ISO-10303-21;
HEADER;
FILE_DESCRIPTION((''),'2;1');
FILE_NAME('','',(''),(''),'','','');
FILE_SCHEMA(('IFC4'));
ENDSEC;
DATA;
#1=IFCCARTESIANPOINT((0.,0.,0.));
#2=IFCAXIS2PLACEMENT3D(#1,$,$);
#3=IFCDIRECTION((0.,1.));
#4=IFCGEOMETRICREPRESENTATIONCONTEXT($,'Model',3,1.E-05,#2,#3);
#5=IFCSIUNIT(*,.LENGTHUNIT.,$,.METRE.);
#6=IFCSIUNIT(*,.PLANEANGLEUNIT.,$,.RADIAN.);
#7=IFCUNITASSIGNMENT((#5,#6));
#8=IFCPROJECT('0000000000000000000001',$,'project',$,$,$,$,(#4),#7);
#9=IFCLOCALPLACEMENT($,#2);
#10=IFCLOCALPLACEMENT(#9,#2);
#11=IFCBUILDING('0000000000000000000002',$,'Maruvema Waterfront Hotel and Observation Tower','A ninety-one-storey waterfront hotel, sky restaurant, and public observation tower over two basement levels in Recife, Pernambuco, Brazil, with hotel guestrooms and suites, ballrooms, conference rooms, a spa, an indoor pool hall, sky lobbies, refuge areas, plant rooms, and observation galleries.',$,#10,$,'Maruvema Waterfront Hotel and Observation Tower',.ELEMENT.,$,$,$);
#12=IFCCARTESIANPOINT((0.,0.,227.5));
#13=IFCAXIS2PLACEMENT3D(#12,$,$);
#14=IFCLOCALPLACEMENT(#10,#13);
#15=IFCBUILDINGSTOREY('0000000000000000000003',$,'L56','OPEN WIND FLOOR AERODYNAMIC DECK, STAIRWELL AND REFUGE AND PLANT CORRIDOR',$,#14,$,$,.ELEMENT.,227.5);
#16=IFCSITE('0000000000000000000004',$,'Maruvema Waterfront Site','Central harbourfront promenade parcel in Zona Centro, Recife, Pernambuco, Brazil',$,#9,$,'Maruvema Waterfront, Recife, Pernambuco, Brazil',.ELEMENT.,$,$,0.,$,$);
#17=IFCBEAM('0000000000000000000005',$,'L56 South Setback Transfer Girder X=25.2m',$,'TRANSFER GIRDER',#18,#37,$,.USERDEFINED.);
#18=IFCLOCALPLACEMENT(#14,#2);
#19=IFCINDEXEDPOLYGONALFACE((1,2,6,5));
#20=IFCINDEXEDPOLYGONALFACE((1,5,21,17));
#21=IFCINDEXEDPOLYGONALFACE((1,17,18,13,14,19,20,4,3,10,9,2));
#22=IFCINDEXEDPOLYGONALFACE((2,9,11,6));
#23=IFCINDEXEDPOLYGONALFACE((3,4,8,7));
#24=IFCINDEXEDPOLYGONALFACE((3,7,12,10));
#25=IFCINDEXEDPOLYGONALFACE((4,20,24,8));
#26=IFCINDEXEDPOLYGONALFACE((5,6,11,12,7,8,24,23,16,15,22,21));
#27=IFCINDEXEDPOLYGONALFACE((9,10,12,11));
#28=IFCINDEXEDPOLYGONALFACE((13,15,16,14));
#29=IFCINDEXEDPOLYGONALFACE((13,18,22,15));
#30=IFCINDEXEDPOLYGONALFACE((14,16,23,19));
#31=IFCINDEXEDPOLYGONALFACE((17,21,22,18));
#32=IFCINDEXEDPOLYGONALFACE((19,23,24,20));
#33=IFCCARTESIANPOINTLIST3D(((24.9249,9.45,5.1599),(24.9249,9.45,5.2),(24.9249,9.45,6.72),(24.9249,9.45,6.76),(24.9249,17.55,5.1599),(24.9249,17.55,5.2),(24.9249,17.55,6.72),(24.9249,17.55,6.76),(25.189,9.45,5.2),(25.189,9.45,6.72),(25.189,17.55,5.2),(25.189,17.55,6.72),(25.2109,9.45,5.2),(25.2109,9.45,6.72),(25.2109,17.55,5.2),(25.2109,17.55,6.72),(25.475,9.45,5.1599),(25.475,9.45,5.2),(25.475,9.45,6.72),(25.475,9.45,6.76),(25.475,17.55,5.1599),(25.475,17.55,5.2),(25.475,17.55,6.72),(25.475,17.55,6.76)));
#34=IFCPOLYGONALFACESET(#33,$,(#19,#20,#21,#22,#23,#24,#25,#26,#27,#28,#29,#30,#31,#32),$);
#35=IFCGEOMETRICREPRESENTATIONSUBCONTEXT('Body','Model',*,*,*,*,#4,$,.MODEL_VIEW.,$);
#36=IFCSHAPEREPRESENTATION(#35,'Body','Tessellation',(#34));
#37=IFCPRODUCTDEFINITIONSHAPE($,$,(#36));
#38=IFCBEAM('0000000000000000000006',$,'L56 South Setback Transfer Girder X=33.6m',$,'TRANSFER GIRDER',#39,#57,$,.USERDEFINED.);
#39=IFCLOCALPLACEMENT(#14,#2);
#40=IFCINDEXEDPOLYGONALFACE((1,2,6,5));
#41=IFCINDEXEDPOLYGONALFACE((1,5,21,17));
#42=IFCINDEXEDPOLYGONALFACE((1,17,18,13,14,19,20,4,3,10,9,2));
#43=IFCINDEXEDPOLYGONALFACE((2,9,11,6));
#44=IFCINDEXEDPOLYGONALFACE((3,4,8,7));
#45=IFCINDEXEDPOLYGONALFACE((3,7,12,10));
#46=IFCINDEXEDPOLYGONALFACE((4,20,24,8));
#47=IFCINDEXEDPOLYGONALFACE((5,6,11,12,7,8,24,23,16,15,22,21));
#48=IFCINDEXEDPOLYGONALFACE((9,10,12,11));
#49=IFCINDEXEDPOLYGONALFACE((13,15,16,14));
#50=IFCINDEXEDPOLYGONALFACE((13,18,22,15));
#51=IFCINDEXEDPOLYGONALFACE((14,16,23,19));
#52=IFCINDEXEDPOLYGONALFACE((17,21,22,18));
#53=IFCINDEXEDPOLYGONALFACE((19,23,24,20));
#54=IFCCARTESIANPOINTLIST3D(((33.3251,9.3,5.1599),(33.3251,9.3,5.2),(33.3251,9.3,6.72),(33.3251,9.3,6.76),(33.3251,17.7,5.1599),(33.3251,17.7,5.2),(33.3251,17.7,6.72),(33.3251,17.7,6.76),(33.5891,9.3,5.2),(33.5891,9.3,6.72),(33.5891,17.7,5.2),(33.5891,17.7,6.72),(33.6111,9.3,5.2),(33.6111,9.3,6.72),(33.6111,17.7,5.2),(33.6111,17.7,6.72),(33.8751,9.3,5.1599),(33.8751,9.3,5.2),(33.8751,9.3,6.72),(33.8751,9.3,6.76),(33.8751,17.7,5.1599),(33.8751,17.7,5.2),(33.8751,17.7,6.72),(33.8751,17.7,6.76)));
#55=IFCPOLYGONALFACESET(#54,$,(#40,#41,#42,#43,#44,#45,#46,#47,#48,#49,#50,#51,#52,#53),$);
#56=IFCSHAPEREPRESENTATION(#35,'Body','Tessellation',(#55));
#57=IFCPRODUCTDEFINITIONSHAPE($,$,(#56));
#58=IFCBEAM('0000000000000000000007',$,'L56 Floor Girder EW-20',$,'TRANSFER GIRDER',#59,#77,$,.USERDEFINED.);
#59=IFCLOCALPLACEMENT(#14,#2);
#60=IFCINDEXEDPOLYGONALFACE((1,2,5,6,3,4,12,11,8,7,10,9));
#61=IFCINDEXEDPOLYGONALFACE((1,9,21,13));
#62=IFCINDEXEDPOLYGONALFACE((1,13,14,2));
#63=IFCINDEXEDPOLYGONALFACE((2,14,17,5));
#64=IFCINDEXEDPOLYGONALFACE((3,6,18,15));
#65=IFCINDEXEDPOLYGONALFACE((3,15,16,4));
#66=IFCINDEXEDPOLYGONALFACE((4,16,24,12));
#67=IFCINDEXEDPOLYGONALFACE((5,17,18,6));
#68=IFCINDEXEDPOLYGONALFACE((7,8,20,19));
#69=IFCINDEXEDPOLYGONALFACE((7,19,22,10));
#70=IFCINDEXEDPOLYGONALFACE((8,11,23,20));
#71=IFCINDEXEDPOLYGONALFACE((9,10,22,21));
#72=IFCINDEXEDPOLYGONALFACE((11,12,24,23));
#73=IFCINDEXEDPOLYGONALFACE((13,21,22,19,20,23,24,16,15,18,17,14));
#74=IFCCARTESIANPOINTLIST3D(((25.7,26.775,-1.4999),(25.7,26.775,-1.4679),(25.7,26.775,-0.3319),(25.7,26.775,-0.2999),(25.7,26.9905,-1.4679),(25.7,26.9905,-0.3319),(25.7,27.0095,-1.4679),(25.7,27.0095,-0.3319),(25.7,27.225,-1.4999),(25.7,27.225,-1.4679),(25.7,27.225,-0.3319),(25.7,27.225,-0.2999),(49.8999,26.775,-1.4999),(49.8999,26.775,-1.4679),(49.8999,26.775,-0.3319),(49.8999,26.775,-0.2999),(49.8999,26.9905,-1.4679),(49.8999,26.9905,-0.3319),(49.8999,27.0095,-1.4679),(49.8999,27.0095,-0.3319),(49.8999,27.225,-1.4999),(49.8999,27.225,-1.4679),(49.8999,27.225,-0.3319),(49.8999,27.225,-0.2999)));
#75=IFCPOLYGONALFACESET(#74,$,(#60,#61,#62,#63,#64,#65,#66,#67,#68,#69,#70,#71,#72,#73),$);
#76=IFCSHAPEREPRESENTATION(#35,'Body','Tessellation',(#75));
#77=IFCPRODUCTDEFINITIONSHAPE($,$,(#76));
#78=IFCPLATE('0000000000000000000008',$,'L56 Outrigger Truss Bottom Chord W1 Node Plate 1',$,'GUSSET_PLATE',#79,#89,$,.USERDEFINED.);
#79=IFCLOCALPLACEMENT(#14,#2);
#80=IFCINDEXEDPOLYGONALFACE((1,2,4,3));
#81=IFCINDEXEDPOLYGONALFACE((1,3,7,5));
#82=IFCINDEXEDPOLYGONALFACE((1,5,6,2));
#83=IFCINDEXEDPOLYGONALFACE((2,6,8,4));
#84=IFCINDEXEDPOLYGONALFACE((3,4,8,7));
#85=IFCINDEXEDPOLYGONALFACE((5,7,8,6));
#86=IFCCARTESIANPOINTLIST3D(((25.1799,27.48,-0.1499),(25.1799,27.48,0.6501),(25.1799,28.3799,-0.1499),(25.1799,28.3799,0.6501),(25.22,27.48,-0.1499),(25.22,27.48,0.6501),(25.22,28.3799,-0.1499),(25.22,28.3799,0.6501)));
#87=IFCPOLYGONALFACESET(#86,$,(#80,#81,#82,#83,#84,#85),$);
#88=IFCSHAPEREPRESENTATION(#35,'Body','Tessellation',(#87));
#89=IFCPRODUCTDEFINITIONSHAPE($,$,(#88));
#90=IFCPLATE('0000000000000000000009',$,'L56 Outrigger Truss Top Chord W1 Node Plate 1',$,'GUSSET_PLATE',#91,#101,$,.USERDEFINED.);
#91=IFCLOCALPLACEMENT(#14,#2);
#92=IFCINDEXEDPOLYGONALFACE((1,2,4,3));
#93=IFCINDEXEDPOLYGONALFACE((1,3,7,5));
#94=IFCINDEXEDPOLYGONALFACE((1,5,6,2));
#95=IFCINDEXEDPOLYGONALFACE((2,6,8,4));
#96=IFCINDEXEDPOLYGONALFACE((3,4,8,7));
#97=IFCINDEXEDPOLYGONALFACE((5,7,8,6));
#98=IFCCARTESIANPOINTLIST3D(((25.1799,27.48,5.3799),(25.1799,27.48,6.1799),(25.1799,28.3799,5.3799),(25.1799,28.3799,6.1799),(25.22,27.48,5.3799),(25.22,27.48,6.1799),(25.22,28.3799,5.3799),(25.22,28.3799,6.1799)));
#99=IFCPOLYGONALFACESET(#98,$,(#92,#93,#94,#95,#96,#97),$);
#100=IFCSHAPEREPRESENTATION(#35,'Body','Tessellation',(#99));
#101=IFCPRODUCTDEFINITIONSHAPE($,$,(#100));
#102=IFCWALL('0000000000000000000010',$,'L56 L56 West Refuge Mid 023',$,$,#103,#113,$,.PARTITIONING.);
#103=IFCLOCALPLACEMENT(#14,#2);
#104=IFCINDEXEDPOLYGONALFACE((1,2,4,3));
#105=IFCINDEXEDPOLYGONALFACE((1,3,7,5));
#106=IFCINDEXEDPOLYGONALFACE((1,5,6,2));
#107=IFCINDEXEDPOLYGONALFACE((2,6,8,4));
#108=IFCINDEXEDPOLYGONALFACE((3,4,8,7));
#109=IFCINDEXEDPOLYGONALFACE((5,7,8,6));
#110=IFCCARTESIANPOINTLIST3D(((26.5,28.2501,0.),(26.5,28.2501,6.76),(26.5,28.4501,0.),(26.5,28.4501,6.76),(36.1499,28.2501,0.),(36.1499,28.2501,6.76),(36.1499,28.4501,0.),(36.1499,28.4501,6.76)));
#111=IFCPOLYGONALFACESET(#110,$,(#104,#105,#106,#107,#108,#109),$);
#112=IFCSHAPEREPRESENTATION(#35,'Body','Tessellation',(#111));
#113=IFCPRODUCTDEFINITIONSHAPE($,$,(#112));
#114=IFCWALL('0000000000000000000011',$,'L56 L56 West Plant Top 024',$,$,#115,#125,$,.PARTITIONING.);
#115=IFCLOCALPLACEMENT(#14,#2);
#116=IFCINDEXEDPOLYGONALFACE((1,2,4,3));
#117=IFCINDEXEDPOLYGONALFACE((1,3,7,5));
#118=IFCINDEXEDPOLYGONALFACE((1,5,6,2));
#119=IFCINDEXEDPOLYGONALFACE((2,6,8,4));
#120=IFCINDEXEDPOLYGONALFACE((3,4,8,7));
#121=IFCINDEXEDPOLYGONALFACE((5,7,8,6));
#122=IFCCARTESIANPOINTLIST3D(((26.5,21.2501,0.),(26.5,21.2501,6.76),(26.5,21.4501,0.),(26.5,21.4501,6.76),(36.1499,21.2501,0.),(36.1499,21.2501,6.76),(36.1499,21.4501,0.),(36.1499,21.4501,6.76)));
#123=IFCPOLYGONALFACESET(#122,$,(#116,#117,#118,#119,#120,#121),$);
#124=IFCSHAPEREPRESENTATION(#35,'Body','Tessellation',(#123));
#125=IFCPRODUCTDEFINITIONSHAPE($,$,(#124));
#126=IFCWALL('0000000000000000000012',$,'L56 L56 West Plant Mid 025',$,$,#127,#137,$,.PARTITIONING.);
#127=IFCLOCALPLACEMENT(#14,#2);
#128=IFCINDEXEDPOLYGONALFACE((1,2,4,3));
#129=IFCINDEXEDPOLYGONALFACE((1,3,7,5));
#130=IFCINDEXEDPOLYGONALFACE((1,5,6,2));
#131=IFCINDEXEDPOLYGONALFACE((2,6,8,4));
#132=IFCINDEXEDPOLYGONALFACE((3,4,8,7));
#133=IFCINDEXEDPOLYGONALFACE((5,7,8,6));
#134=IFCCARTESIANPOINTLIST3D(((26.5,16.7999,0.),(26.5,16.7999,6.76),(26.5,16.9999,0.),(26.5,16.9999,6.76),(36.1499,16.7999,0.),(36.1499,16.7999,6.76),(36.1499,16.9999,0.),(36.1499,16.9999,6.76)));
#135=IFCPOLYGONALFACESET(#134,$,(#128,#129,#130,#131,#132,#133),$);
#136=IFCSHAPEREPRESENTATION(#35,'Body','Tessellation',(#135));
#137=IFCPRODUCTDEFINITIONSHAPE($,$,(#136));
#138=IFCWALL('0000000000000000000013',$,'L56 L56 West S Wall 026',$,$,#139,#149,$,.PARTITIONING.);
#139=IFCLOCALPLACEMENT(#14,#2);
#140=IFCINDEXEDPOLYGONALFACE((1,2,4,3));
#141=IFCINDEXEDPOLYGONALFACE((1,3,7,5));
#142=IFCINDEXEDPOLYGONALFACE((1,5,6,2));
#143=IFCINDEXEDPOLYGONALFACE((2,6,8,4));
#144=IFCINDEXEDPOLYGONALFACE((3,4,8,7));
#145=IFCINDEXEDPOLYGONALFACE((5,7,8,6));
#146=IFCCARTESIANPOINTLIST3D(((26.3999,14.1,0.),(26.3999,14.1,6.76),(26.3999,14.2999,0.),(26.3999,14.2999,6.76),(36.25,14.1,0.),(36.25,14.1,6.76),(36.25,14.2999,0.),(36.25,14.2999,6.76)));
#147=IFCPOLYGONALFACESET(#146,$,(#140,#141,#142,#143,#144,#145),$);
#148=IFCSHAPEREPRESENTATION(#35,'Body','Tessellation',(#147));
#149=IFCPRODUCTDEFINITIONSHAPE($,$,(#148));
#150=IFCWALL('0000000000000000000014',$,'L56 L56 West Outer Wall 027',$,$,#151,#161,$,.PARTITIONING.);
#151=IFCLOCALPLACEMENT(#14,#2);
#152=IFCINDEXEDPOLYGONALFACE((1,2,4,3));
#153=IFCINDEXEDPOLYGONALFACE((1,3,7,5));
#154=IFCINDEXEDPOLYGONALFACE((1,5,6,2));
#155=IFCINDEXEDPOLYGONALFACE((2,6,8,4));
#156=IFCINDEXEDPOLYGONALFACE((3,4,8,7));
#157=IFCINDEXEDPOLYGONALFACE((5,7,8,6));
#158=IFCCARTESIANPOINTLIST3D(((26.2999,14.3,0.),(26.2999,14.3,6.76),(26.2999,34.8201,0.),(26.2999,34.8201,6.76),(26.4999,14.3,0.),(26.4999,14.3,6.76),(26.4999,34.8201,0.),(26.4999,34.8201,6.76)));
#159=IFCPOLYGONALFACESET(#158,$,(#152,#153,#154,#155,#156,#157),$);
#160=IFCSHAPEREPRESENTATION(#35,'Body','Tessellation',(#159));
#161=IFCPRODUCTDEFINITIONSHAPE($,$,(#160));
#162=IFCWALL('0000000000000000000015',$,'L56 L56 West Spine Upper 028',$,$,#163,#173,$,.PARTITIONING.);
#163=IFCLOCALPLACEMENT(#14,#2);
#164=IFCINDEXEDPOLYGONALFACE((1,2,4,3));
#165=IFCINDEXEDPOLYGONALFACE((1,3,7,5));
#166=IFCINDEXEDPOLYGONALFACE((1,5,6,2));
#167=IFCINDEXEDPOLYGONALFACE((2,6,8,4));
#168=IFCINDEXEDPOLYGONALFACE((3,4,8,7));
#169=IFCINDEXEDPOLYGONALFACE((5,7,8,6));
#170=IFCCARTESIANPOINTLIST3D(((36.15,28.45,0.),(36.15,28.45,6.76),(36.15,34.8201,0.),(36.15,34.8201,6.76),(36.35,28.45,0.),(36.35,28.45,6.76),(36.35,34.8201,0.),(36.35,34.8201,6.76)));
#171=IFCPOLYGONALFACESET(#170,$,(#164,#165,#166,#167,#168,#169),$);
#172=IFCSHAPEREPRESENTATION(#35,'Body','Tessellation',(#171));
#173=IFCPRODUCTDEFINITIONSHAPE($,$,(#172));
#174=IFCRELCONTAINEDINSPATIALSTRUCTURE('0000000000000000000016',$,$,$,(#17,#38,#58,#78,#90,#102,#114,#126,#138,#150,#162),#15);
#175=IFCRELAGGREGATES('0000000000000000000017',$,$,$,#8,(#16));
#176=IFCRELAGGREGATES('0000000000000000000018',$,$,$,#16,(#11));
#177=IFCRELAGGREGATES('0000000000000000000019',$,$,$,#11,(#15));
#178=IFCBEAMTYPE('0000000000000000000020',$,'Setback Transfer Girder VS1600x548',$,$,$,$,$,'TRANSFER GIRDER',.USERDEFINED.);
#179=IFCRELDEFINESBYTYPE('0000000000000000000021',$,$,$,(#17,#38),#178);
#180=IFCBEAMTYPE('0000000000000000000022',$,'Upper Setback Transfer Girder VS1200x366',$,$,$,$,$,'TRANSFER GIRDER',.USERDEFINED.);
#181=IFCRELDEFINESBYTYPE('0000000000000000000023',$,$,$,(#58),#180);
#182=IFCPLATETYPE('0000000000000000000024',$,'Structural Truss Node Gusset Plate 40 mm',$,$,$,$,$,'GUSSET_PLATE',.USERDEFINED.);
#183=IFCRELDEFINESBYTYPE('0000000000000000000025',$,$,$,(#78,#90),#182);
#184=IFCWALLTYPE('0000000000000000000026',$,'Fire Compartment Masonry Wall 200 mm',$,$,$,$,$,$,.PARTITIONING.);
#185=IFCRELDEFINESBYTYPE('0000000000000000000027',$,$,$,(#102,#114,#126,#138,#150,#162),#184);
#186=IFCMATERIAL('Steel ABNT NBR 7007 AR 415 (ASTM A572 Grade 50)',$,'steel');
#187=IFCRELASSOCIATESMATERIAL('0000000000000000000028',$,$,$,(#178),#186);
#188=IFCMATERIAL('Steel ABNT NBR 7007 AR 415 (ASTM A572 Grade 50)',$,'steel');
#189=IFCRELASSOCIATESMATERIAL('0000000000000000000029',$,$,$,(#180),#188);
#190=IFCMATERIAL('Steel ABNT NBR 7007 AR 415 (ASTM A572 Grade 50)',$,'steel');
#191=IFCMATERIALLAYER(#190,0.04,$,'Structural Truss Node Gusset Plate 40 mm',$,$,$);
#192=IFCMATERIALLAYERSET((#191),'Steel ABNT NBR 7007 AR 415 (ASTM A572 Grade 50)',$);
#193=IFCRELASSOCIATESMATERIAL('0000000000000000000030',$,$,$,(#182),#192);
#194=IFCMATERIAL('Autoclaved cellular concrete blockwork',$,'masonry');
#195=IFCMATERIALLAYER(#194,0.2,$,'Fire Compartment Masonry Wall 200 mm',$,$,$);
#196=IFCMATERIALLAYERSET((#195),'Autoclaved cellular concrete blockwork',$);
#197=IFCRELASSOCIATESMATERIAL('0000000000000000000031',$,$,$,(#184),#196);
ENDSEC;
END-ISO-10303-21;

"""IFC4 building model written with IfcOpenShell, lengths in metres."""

from ifc_helpers import new_model, si_unit, direction, frame, frame_2d, origin, origin_2d, place, context, subcontext, project, spatial, rectangle, i_section, extrude, material, layer, layer_set, material_profile, profile_set, type_object, element, save


model = new_model("IFC4")

# Units and contexts
model_context = context("Model", 3, precision=1e-05, world=origin(), true_north=direction((0.0, 1.0)))
body_context = subcontext(model_context, "Body", "Model", "MODEL_VIEW")
ifc_project = project(units=[si_unit("LENGTHUNIT", "METRE"), si_unit("PLANEANGLEUNIT", "RADIAN")], contexts=[model_context])

# Site, building, storey
site_placement = place(None, origin())
site = spatial("IfcSite", under=ifc_project, at=site_placement, Name="Maruvema Waterfront Site", Description="Central harbourfront promenade parcel in Zona Centro, Recife, Pernambuco, Brazil", LongName="Maruvema Waterfront, Recife, Pernambuco, Brazil", CompositionType="ELEMENT", RefElevation=0.0)
building_placement = place(site_placement, origin())
building = spatial("IfcBuilding", under=site, at=building_placement, Name="Maruvema Waterfront Hotel and Observation Tower", Description="A ninety-one-storey waterfront hotel, sky restaurant, and public observation tower over two basement levels in Recife, Pernambuco, Brazil, with hotel guestrooms and suites, ballrooms, conference rooms, a spa, an indoor pool hall, sky lobbies, refuge areas, plant rooms, and observation galleries.", LongName="Maruvema Waterfront Hotel and Observation Tower", CompositionType="ELEMENT")
storey_placement = place(building_placement, frame((0.0, 0.0, 227.5)))
storey = spatial("IfcBuildingStorey", under=building, at=storey_placement, Name="L56", Description="OPEN WIND FLOOR AERODYNAMIC DECK, STAIRWELL AND REFUGE AND PLANT CORRIDOR", CompositionType="ELEMENT", Elevation=227.5)

# Beams
ifc_material_1 = material(Name="Steel ABNT NBR 7007 AR 415 (ASTM A572 Grade 50)", Category="steel")
ifc_material_profile_1 = material_profile(ifc_material_1, i_section(OverallWidth=0.55, OverallDepth=1.6001, WebThickness=0.022, FlangeThickness=0.04, at=origin_2d()), Name="VS1600x548")
ifc_profile_set_1 = profile_set([ifc_material_profile_1], Name="Steel ABNT NBR 7007 AR 415 (ASTM A572 Grade 50)")
beam_type_1 = type_object("IfcBeamType", Name="Setback Transfer Girder VS1600x548", ElementType="TRANSFER GIRDER", PredefinedType="USERDEFINED", material=ifc_profile_set_1)
beam_1_placement = place(storey_placement, frame((25.2, 9.45, 5.96), z_axis=(0.0, 1.0, 0.0), x_axis=(-1.0, 0.0, 0.0)))
element("IfcBeam", 1, at=beam_1_placement, inside=storey, type_object=beam_type_1, Name="L56 South Setback Transfer Girder X=25.2m", ObjectType="TRANSFER GIRDER", PredefinedType="USERDEFINED", context=body_context, shape_type="SweptSolid", body=[
    extrude(i_section(OverallWidth=0.55, OverallDepth=1.6001, WebThickness=0.022, FlangeThickness=0.04, at=origin_2d()), origin(), (0.0, 0.0, 1.0), 8.1001),
])
beam_2_placement = place(storey_placement, frame((33.6001, 9.3, 5.96), z_axis=(0.0, 1.0, 0.0), x_axis=(-1.0, 0.0, 0.0)))
element("IfcBeam", 2, at=beam_2_placement, inside=storey, type_object=beam_type_1, Name="L56 South Setback Transfer Girder X=33.6m", ObjectType="TRANSFER GIRDER", PredefinedType="USERDEFINED", context=body_context, shape_type="SweptSolid", body=[
    extrude(i_section(OverallWidth=0.55, OverallDepth=1.6001, WebThickness=0.022, FlangeThickness=0.04, at=origin_2d()), origin(), (0.0, 0.0, 1.0), 8.3999),
])
ifc_material_2 = material(Name="Steel ABNT NBR 7007 AR 415 (ASTM A572 Grade 50)", Category="steel")
ifc_material_profile_2 = material_profile(ifc_material_2, i_section(OverallWidth=0.45, OverallDepth=1.2, WebThickness=0.019, FlangeThickness=0.032, at=origin_2d()), Name="VS1200x366")
ifc_profile_set_2 = profile_set([ifc_material_profile_2], Name="Steel ABNT NBR 7007 AR 415 (ASTM A572 Grade 50)")
beam_type_2 = type_object("IfcBeamType", Name="Upper Setback Transfer Girder VS1200x366", ElementType="TRANSFER GIRDER", PredefinedType="USERDEFINED", material=ifc_profile_set_2)
beam_3_placement = place(storey_placement, frame((25.7, 27.0, -0.8999), z_axis=(1.0, 0.0, 0.0), x_axis=(0.0, 1.0, 0.0)))
element("IfcBeam", 3, at=beam_3_placement, inside=storey, type_object=beam_type_2, Name="L56 Floor Girder EW-20", ObjectType="TRANSFER GIRDER", PredefinedType="USERDEFINED", context=body_context, shape_type="SweptSolid", body=[
    extrude(i_section(OverallWidth=0.45, OverallDepth=1.2, WebThickness=0.019, FlangeThickness=0.032, at=origin_2d()), origin(), (0.0, 0.0, 1.0), 24.2),
])

# Plates
ifc_material_3 = material(Name="Steel ABNT NBR 7007 AR 415 (ASTM A572 Grade 50)", Category="steel")
ifc_layer_1 = layer(ifc_material_3, 0.04, Name="Structural Truss Node Gusset Plate 40 mm")
ifc_layer_set_1 = layer_set([ifc_layer_1], Name="Steel ABNT NBR 7007 AR 415 (ASTM A572 Grade 50)")
plate_type = type_object("IfcPlateType", Name="Structural Truss Node Gusset Plate 40 mm", ElementType="GUSSET_PLATE", PredefinedType="USERDEFINED", material=ifc_layer_set_1)
for number, where, z_axis, x_axis, name in (
    (4, (25.2, 27.9299, -0.1499), (0.0, 0.0, 1.0), (0.0, 1.0, 0.0), "L56 Outrigger Truss Bottom Chord W1 Node Plate 1"),
    (5, (25.2, 27.9299, 5.3799), (0.0, 0.0, 1.0), (0.0, 1.0, 0.0), "L56 Outrigger Truss Top Chord W1 Node Plate 1"),
):
    element("IfcPlate", number, at=place(storey_placement, frame(where, z_axis=z_axis, x_axis=x_axis)), inside=storey, type_object=plate_type, Name=name, ObjectType="GUSSET_PLATE", PredefinedType="USERDEFINED", context=body_context, shape_type="SweptSolid", body=[
        extrude(rectangle(XDim=0.8999, YDim=0.04, at=origin_2d()), origin(), (0.0, 0.0, 1.0), 0.8),
    ])

# Walls
ifc_material_4 = material(Name="Autoclaved cellular concrete blockwork", Category="masonry")
ifc_layer_2 = layer(ifc_material_4, 0.2, Name="Fire Compartment Masonry Wall 200 mm")
ifc_layer_set_2 = layer_set([ifc_layer_2], Name="Autoclaved cellular concrete blockwork")
wall_type = type_object("IfcWallType", Name="Fire Compartment Masonry Wall 200 mm", PredefinedType="PARTITIONING", material=ifc_layer_set_2)
for number, where, z_axis, x_axis, name in (
    (6, (26.5, 28.3501, 0.0), (0.0, 0.0, 1.0), (1.0, 0.0, 0.0), "L56 L56 West Refuge Mid 023"),
    (7, (26.5, 21.3501, 0.0), (0.0, 0.0, 1.0), (1.0, 0.0, 0.0), "L56 L56 West Plant Top 024"),
    (8, (26.5, 16.8999, 0.0), (0.0, 0.0, 1.0), (1.0, 0.0, 0.0), "L56 L56 West Plant Mid 025"),
):
    element("IfcWall", number, at=place(storey_placement, frame(where, z_axis=z_axis, x_axis=x_axis)), inside=storey, type_object=wall_type, Name=name, PredefinedType="PARTITIONING", context=body_context, shape_type="SweptSolid", body=[
        extrude(rectangle(XDim=9.6499, YDim=0.2, at=frame_2d((4.825, 0.0))), origin(), (0.0, 0.0, 1.0), 6.76),
    ])
wall_1_placement = place(storey_placement, frame((26.3999, 14.2, 0.0), z_axis=(0.0, 0.0, 1.0), x_axis=(1.0, 0.0, 0.0)))
element("IfcWall", 9, at=wall_1_placement, inside=storey, type_object=wall_type, Name="L56 L56 West S Wall 026", PredefinedType="PARTITIONING", context=body_context, shape_type="SweptSolid", body=[
    extrude(rectangle(XDim=9.8501, YDim=0.2, at=frame_2d((4.925, 0.0))), origin(), (0.0, 0.0, 1.0), 6.76),
])
wall_2_placement = place(storey_placement, frame((26.3999, 14.3, 0.0), z_axis=(0.0, 0.0, 1.0), x_axis=(0.0, 1.0, 0.0)))
element("IfcWall", 10, at=wall_2_placement, inside=storey, type_object=wall_type, Name="L56 L56 West Outer Wall 027", PredefinedType="PARTITIONING", context=body_context, shape_type="SweptSolid", body=[
    extrude(rectangle(XDim=20.52, YDim=0.2, at=frame_2d((10.26, 0.0))), origin(), (0.0, 0.0, 1.0), 6.76),
])
wall_3_placement = place(storey_placement, frame((36.25, 28.45, 0.0), z_axis=(0.0, 0.0, 1.0), x_axis=(0.0, 1.0, 0.0)))
element("IfcWall", 11, at=wall_3_placement, inside=storey, type_object=wall_type, Name="L56 L56 West Spine Upper 028", PredefinedType="PARTITIONING", context=body_context, shape_type="SweptSolid", body=[
    extrude(rectangle(XDim=6.3701, YDim=0.2, at=frame_2d((3.1851, 0.0))), origin(), (0.0, 0.0, 1.0), 6.76),
])

save(model, "model.ifc")
